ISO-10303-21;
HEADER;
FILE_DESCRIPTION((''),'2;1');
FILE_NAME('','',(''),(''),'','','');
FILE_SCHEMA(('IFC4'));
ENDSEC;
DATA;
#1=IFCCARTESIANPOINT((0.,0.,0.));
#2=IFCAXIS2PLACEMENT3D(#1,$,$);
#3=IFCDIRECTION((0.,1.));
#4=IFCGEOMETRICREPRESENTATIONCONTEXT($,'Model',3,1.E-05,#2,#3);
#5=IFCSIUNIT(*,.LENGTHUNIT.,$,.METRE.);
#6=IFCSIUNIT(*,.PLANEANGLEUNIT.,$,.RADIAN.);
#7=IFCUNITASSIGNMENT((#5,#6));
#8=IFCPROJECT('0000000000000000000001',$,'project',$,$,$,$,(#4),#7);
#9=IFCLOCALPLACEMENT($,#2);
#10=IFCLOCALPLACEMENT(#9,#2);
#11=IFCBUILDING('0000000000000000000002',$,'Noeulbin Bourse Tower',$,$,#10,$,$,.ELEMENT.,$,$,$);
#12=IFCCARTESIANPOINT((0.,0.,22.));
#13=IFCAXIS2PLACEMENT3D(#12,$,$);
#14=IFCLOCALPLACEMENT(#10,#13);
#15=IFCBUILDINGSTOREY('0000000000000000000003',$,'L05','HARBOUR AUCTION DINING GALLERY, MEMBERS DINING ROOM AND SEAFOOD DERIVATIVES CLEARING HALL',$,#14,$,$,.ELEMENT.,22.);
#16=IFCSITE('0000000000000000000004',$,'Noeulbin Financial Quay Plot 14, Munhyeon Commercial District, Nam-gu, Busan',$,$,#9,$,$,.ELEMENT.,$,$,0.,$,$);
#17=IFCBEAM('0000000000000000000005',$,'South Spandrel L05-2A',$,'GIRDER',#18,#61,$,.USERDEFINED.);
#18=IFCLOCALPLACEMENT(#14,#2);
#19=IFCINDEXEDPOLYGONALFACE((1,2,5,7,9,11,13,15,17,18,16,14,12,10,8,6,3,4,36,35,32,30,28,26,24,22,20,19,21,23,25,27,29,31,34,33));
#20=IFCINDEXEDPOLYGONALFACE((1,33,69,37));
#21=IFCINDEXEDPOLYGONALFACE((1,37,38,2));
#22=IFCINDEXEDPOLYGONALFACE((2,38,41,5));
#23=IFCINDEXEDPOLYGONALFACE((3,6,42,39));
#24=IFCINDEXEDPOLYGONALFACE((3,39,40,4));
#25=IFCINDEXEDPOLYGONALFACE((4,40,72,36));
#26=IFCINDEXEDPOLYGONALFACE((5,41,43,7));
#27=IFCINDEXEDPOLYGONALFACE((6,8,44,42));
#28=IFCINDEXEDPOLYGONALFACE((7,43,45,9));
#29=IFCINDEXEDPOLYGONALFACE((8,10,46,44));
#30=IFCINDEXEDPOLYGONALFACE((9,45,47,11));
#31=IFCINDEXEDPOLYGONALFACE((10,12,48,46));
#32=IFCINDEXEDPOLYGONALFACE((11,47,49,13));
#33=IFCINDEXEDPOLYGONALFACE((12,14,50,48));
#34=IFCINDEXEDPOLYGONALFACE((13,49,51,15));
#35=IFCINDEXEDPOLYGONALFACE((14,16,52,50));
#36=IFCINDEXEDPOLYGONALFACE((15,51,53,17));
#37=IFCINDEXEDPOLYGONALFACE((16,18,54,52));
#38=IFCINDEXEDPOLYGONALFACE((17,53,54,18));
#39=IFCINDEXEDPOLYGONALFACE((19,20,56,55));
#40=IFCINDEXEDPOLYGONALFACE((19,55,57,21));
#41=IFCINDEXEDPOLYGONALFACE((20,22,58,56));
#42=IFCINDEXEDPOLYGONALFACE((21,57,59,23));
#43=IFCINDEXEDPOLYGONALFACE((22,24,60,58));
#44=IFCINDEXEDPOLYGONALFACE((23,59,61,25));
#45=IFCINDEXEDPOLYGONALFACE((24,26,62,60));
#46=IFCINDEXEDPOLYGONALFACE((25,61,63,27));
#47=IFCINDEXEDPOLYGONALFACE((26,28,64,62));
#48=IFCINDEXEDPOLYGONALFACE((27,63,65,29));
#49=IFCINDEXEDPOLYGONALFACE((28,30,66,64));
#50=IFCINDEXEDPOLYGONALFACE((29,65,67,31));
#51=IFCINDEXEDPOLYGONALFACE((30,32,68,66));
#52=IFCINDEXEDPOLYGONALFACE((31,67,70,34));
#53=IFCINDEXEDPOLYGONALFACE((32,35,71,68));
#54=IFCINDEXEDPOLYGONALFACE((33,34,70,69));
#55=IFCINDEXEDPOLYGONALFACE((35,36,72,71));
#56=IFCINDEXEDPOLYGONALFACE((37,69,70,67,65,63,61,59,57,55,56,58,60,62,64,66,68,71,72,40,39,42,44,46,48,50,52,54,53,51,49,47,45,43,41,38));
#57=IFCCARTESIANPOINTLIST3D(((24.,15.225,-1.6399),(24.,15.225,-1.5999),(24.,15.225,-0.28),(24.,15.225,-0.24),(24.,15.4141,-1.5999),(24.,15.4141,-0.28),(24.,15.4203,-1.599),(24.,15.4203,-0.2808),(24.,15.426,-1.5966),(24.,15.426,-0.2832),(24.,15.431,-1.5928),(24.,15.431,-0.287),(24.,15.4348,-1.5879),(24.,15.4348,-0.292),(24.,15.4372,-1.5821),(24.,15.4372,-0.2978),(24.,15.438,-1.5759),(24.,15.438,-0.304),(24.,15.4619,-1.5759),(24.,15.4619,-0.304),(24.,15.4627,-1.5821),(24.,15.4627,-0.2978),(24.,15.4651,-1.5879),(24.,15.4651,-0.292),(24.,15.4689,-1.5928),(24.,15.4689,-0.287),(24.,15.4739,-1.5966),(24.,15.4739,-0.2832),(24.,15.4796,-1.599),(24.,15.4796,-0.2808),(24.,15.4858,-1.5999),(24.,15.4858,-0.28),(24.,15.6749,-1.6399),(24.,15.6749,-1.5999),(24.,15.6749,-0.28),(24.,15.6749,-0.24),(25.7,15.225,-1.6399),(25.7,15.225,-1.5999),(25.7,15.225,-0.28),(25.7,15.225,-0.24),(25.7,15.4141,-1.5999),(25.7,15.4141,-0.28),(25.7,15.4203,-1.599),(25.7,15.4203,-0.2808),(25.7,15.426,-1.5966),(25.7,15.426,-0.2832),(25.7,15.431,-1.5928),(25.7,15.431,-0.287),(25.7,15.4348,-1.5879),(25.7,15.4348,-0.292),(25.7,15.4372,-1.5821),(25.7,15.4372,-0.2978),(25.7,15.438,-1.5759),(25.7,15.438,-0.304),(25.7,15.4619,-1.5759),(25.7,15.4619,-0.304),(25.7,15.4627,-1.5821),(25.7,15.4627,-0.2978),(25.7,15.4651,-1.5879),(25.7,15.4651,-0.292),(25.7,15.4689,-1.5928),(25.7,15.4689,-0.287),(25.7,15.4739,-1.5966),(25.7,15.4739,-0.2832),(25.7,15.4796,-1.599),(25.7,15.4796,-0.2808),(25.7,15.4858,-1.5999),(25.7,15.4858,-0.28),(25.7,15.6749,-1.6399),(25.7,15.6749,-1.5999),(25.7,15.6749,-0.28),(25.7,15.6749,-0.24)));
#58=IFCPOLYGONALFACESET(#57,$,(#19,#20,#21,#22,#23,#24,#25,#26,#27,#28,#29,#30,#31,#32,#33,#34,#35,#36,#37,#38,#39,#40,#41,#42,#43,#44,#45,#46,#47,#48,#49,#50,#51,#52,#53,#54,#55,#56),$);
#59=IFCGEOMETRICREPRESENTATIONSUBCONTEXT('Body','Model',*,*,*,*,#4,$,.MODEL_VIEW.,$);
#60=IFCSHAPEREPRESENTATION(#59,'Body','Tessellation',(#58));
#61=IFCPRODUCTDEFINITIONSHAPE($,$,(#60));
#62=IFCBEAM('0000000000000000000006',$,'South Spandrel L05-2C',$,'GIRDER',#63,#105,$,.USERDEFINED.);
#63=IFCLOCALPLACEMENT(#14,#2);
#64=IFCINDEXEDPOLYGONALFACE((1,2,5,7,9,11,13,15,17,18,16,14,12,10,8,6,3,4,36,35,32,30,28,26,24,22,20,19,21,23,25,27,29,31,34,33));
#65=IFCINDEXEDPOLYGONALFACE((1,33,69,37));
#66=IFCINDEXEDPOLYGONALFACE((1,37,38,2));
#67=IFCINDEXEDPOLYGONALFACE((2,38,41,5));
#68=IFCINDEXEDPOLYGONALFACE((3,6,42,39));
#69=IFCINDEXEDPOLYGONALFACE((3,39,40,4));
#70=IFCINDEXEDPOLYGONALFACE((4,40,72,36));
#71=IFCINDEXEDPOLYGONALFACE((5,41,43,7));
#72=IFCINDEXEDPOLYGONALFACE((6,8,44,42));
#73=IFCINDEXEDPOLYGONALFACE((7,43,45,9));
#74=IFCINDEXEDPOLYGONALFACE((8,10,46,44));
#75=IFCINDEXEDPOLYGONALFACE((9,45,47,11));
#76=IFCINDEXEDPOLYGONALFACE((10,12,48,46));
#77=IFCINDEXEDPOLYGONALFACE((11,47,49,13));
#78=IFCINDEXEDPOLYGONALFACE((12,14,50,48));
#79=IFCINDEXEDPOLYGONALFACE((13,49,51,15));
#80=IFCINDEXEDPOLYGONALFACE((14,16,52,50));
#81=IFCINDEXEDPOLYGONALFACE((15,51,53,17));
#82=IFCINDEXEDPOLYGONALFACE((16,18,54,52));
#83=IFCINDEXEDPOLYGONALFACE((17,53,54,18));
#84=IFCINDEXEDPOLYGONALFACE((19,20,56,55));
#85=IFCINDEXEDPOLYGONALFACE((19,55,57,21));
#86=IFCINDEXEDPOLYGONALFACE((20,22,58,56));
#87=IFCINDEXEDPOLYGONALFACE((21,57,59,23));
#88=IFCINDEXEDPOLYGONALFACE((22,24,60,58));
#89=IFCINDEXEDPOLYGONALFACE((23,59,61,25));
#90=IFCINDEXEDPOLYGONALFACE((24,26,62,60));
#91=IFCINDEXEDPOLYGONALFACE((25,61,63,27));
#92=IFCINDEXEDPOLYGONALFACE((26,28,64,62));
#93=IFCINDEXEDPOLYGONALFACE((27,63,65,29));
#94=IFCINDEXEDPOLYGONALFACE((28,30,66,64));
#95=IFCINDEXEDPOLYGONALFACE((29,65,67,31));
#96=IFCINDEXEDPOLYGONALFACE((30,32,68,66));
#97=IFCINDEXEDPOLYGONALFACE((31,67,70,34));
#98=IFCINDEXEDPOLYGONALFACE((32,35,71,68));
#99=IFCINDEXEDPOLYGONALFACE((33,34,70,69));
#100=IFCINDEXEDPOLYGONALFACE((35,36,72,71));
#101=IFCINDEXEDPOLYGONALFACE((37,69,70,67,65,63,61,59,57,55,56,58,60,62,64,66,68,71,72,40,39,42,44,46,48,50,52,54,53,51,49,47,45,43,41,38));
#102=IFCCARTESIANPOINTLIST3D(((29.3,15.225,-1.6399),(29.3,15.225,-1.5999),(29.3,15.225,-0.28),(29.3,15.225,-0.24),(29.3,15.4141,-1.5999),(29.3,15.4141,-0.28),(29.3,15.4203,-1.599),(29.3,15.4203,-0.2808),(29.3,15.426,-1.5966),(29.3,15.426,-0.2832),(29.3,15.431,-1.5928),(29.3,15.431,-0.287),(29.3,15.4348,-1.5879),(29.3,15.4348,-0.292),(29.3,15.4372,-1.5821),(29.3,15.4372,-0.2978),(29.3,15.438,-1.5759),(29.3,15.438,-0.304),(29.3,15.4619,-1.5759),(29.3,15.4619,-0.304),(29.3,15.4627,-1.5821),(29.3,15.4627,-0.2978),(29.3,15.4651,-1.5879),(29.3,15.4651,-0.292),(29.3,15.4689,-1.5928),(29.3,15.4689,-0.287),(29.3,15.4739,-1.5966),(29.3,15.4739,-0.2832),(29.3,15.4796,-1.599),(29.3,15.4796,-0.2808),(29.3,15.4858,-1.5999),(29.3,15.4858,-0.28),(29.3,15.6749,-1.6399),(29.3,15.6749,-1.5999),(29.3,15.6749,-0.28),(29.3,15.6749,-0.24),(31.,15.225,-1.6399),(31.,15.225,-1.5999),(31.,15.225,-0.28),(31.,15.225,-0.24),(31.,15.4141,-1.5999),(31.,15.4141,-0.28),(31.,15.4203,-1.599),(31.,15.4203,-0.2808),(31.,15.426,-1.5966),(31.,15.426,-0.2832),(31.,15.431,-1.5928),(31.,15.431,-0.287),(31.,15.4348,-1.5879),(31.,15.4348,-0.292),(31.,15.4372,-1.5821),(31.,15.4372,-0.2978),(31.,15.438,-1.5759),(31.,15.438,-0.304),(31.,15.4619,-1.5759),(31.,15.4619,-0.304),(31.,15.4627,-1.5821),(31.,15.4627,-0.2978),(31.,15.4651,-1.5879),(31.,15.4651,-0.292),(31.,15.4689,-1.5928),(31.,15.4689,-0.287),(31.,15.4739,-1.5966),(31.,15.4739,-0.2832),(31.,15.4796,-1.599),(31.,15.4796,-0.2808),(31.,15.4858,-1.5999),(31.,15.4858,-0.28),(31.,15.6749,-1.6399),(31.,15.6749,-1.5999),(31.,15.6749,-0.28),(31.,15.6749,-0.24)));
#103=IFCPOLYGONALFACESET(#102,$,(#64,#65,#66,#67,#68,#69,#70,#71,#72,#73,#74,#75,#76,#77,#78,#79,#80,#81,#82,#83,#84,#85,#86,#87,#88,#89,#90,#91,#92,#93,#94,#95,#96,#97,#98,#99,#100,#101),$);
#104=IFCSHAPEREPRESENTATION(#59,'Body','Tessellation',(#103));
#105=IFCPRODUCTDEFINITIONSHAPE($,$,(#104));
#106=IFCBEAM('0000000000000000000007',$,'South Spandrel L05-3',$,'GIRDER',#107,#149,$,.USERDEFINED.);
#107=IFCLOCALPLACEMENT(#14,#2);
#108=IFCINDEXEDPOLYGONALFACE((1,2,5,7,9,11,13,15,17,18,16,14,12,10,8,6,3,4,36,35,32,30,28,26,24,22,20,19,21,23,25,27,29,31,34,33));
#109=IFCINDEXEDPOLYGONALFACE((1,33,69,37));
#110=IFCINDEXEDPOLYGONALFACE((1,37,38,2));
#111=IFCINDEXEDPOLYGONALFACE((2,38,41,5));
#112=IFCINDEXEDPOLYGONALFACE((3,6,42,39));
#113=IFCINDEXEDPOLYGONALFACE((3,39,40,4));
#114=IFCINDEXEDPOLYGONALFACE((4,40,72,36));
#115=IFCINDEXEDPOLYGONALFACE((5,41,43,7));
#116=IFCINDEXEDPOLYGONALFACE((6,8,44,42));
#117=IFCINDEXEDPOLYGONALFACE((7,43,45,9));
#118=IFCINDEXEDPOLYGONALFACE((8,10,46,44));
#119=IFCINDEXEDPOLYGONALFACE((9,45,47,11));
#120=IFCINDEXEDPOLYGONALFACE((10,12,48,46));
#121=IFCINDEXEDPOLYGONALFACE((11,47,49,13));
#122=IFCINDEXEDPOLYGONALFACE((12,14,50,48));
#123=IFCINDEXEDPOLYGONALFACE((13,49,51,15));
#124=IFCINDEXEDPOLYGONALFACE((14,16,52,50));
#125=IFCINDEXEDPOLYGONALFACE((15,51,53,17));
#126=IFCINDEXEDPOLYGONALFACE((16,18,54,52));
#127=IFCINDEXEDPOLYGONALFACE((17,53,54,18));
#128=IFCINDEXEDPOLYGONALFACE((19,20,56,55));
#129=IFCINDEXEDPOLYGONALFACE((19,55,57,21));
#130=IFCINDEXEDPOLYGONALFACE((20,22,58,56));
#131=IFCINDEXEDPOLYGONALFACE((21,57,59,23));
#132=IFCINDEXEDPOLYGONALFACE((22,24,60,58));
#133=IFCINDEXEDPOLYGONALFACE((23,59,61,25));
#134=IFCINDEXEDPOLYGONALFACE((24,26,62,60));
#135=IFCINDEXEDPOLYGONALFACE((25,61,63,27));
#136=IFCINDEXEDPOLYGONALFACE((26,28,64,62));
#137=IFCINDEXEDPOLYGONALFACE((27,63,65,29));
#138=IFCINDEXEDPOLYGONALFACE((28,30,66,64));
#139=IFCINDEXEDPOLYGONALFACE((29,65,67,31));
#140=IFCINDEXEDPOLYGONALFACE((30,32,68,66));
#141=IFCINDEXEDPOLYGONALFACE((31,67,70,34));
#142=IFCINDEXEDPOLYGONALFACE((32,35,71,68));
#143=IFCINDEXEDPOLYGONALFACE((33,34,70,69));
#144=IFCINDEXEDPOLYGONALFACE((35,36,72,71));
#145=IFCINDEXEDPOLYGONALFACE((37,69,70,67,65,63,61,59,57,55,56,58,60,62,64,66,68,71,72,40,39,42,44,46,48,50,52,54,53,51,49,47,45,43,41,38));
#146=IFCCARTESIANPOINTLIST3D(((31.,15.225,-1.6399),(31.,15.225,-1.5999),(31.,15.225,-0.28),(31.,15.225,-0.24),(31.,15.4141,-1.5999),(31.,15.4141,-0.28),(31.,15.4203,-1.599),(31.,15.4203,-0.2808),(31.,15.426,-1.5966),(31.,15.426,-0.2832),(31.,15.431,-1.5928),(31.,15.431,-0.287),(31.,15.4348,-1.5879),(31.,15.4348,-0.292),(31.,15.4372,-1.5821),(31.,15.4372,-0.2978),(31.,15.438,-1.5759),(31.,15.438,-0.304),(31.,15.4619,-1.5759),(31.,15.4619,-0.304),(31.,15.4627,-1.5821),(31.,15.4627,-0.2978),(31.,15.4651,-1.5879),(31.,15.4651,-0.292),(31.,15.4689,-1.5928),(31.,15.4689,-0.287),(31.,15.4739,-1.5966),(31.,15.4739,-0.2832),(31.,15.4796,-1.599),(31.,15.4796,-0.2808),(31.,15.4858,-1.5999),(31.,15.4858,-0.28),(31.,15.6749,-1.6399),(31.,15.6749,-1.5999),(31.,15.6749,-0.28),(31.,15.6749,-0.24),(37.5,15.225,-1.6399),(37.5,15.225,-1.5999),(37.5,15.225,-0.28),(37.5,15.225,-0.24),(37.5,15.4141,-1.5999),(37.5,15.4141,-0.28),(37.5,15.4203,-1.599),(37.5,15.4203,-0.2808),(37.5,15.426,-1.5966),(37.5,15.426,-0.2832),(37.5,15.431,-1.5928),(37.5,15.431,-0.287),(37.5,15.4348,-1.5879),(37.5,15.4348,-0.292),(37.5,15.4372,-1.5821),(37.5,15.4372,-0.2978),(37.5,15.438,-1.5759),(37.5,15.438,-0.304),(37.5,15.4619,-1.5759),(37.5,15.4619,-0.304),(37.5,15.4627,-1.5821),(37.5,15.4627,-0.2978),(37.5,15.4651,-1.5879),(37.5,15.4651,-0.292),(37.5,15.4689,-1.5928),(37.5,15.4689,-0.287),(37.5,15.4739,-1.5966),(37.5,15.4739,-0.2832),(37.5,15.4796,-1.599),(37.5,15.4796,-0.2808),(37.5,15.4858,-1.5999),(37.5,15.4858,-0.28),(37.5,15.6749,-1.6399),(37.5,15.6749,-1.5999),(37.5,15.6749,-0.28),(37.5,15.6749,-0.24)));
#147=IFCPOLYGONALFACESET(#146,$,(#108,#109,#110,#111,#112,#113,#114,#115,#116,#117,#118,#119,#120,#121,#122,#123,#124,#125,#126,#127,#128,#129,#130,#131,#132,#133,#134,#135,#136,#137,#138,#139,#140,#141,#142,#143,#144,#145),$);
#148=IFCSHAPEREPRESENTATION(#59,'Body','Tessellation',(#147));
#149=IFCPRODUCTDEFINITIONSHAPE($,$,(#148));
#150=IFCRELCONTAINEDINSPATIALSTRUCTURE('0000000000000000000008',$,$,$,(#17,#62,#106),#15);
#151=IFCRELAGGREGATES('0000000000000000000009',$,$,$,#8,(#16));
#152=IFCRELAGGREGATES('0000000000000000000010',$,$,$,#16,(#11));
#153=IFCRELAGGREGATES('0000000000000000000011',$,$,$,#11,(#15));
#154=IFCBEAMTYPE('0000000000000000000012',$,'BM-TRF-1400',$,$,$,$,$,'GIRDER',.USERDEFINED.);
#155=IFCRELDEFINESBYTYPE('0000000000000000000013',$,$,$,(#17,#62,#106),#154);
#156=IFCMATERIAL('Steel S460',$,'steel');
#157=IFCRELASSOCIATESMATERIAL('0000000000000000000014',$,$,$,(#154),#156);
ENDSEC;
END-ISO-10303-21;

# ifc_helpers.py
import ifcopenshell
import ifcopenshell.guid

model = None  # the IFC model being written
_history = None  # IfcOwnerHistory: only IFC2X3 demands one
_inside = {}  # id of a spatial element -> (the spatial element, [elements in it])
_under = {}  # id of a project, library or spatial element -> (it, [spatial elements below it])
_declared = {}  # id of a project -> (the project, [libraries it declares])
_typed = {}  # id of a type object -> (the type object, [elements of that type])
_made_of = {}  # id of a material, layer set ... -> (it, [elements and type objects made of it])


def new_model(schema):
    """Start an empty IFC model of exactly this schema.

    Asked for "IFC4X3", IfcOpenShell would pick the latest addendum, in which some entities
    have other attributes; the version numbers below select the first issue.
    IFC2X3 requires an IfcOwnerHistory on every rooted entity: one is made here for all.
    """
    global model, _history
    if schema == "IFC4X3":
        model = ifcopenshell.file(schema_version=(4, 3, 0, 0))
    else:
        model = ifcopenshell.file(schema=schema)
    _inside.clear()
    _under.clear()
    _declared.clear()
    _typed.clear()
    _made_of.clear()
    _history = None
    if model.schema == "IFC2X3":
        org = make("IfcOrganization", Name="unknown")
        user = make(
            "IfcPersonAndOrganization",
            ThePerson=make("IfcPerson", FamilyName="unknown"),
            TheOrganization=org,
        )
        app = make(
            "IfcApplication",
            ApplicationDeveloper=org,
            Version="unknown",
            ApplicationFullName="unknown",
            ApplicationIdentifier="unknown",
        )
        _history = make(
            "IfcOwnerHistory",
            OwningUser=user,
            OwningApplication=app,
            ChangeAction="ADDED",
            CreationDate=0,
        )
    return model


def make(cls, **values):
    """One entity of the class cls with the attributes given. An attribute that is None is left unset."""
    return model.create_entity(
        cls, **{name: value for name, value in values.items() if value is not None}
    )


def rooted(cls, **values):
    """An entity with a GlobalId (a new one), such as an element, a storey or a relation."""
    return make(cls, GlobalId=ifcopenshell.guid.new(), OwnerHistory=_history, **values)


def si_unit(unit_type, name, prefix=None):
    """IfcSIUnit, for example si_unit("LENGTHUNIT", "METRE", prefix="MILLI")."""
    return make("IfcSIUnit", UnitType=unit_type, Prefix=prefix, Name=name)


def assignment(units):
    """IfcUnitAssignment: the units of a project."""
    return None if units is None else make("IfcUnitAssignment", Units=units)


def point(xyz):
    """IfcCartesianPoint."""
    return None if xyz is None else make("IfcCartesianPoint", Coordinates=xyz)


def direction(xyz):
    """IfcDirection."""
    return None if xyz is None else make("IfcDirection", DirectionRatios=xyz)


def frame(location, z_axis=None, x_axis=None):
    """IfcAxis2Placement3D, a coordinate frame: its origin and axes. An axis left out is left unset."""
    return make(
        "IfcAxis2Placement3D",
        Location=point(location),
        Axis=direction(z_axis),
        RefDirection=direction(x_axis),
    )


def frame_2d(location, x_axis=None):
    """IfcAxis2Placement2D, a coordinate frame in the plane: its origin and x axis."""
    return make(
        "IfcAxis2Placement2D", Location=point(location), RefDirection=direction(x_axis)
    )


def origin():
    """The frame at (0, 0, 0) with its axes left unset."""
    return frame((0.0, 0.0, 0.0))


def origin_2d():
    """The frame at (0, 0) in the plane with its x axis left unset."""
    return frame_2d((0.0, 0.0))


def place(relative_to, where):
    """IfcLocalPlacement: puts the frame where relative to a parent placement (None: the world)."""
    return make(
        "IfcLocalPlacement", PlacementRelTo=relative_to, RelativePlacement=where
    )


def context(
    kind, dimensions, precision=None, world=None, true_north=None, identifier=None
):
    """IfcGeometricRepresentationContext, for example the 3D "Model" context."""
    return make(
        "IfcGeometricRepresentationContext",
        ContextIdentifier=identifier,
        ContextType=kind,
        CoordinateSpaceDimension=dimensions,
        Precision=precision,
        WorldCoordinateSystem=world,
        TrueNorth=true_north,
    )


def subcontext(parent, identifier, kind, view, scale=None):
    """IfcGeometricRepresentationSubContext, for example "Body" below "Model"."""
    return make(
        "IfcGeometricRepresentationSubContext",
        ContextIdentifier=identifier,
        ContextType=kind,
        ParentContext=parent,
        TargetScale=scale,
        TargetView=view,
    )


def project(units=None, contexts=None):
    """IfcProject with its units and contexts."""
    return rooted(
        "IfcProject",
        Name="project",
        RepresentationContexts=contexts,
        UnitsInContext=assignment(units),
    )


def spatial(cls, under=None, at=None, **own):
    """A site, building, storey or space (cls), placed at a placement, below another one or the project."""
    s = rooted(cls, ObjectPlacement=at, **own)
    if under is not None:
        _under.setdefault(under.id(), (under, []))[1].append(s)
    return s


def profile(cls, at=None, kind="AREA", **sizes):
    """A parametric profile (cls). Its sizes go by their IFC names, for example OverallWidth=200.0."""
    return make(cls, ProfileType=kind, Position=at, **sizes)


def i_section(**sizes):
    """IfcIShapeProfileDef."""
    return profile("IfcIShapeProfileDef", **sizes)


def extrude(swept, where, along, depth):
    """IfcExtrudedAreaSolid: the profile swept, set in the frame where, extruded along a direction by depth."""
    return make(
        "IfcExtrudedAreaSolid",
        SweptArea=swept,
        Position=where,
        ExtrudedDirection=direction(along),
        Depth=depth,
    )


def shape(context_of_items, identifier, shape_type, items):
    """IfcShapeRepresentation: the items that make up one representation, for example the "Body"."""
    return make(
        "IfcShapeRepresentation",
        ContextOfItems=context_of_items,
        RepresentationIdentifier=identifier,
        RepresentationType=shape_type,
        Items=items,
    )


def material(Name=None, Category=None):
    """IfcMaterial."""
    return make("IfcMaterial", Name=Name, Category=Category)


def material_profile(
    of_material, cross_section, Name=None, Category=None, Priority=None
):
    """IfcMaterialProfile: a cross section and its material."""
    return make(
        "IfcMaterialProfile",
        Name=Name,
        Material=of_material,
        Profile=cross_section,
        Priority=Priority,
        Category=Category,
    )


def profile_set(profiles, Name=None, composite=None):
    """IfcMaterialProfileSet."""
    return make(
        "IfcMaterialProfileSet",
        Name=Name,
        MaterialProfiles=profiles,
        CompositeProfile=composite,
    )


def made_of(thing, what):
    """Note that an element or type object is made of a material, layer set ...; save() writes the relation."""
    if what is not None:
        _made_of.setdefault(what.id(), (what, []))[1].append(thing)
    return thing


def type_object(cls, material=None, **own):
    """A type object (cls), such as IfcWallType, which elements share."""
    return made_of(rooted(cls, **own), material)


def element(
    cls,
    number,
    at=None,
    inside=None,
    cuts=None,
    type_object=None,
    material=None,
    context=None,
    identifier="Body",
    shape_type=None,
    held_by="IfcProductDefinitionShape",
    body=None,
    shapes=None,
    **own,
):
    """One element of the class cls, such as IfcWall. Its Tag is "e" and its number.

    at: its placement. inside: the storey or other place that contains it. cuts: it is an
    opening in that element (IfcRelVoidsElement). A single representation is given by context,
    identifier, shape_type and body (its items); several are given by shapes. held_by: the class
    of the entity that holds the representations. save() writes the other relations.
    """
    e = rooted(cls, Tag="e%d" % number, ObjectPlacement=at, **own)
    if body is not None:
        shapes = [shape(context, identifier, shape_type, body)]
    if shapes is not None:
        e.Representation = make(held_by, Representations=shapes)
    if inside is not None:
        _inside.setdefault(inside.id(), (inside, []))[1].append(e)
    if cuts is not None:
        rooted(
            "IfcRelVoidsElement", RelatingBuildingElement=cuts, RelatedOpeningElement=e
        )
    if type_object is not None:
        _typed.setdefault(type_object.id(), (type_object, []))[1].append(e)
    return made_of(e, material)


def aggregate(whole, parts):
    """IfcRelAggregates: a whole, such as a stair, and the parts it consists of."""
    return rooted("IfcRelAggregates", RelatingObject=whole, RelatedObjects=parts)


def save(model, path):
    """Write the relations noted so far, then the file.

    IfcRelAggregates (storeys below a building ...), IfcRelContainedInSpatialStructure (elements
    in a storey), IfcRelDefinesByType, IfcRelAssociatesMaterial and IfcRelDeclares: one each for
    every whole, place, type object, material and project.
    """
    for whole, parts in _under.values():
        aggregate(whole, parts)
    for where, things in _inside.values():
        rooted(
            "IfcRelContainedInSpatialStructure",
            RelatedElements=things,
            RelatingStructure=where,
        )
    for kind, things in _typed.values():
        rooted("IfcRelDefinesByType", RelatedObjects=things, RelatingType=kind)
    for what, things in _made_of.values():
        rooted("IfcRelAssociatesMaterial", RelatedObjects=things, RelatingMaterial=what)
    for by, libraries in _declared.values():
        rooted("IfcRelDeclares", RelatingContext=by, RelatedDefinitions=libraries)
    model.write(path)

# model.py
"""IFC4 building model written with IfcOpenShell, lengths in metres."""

from ifc_helpers import new_model, si_unit, direction, frame, origin, origin_2d, place, context, subcontext, project, spatial, i_section, extrude, material, material_profile, profile_set, type_object, element, save


model = new_model("IFC4")

# Units and contexts
model_context = context("Model", 3, precision=1e-05, world=origin(), true_north=direction((0.0, 1.0)))
body_context = subcontext(model_context, "Body", "Model", "MODEL_VIEW")
ifc_project = project(units=[si_unit("LENGTHUNIT", "METRE"), si_unit("PLANEANGLEUNIT", "RADIAN")], contexts=[model_context])

# Site, building, storey
site_placement = place(None, origin())
site = spatial("IfcSite", under=ifc_project, at=site_placement, Name="Noeulbin Financial Quay Plot 14, Munhyeon Commercial District, Nam-gu, Busan", CompositionType="ELEMENT", RefElevation=0.0)
building_placement = place(site_placement, origin())
building = spatial("IfcBuilding", under=site, at=building_placement, Name="Noeulbin Bourse Tower", CompositionType="ELEMENT")
storey_placement = place(building_placement, frame((0.0, 0.0, 22.0)))
storey = spatial("IfcBuildingStorey", under=building, at=storey_placement, Name="L05", Description="HARBOUR AUCTION DINING GALLERY, MEMBERS DINING ROOM AND SEAFOOD DERIVATIVES CLEARING HALL", CompositionType="ELEMENT", Elevation=22.0)

# Shared definitions
ifc_material_1 = material(Name="Steel S460", Category="steel")

# Beams
ifc_material_profile_1 = material_profile(ifc_material_1, i_section(OverallWidth=0.45, OverallDepth=1.3999, WebThickness=0.0239, FlangeThickness=0.04, FilletRadius=0.0239, at=origin_2d()), Name="PG-1400x450x24x40", Category="LoadBearing")
ifc_profile_set_1 = profile_set([ifc_material_profile_1], Name="Steel S460")
beam_type_1 = type_object("IfcBeamType", Name="BM-TRF-1400", ElementType="GIRDER", PredefinedType="USERDEFINED", material=ifc_profile_set_1)
for number, where, z_axis, x_axis, name in (
    (1, (24.0, 15.45, -0.9399), (1.0, 0.0, 0.0), (0.0, 1.0, 0.0), "South Spandrel L05-2A"),
    (2, (29.3, 15.45, -0.9399), (1.0, 0.0, 0.0), (0.0, 1.0, 0.0), "South Spandrel L05-2C"),
):
    element("IfcBeam", number, at=place(storey_placement, frame(where, z_axis=z_axis, x_axis=x_axis)), inside=storey, type_object=beam_type_1, Name=name, ObjectType="GIRDER", PredefinedType="USERDEFINED", context=body_context, shape_type="SweptSolid", body=[
        extrude(i_section(OverallWidth=0.45, OverallDepth=1.3999, WebThickness=0.0239, FlangeThickness=0.04, FilletRadius=0.0239, at=origin_2d()), origin(), (0.0, 0.0, 1.0), 1.7),
    ])
beam_1_placement = place(storey_placement, frame((31.0, 15.45, -0.9399), z_axis=(1.0, 0.0, 0.0), x_axis=(0.0, 1.0, 0.0)))
element("IfcBeam", 3, at=beam_1_placement, inside=storey, type_object=beam_type_1, Name="South Spandrel L05-3", ObjectType="GIRDER", PredefinedType="USERDEFINED", context=body_context, shape_type="SweptSolid", body=[
    extrude(i_section(OverallWidth=0.45, OverallDepth=1.3999, WebThickness=0.0239, FlangeThickness=0.04, FilletRadius=0.0239, at=origin_2d()), origin(), (0.0, 0.0, 1.0), 6.5),
])

save(model, "model.ifc")
